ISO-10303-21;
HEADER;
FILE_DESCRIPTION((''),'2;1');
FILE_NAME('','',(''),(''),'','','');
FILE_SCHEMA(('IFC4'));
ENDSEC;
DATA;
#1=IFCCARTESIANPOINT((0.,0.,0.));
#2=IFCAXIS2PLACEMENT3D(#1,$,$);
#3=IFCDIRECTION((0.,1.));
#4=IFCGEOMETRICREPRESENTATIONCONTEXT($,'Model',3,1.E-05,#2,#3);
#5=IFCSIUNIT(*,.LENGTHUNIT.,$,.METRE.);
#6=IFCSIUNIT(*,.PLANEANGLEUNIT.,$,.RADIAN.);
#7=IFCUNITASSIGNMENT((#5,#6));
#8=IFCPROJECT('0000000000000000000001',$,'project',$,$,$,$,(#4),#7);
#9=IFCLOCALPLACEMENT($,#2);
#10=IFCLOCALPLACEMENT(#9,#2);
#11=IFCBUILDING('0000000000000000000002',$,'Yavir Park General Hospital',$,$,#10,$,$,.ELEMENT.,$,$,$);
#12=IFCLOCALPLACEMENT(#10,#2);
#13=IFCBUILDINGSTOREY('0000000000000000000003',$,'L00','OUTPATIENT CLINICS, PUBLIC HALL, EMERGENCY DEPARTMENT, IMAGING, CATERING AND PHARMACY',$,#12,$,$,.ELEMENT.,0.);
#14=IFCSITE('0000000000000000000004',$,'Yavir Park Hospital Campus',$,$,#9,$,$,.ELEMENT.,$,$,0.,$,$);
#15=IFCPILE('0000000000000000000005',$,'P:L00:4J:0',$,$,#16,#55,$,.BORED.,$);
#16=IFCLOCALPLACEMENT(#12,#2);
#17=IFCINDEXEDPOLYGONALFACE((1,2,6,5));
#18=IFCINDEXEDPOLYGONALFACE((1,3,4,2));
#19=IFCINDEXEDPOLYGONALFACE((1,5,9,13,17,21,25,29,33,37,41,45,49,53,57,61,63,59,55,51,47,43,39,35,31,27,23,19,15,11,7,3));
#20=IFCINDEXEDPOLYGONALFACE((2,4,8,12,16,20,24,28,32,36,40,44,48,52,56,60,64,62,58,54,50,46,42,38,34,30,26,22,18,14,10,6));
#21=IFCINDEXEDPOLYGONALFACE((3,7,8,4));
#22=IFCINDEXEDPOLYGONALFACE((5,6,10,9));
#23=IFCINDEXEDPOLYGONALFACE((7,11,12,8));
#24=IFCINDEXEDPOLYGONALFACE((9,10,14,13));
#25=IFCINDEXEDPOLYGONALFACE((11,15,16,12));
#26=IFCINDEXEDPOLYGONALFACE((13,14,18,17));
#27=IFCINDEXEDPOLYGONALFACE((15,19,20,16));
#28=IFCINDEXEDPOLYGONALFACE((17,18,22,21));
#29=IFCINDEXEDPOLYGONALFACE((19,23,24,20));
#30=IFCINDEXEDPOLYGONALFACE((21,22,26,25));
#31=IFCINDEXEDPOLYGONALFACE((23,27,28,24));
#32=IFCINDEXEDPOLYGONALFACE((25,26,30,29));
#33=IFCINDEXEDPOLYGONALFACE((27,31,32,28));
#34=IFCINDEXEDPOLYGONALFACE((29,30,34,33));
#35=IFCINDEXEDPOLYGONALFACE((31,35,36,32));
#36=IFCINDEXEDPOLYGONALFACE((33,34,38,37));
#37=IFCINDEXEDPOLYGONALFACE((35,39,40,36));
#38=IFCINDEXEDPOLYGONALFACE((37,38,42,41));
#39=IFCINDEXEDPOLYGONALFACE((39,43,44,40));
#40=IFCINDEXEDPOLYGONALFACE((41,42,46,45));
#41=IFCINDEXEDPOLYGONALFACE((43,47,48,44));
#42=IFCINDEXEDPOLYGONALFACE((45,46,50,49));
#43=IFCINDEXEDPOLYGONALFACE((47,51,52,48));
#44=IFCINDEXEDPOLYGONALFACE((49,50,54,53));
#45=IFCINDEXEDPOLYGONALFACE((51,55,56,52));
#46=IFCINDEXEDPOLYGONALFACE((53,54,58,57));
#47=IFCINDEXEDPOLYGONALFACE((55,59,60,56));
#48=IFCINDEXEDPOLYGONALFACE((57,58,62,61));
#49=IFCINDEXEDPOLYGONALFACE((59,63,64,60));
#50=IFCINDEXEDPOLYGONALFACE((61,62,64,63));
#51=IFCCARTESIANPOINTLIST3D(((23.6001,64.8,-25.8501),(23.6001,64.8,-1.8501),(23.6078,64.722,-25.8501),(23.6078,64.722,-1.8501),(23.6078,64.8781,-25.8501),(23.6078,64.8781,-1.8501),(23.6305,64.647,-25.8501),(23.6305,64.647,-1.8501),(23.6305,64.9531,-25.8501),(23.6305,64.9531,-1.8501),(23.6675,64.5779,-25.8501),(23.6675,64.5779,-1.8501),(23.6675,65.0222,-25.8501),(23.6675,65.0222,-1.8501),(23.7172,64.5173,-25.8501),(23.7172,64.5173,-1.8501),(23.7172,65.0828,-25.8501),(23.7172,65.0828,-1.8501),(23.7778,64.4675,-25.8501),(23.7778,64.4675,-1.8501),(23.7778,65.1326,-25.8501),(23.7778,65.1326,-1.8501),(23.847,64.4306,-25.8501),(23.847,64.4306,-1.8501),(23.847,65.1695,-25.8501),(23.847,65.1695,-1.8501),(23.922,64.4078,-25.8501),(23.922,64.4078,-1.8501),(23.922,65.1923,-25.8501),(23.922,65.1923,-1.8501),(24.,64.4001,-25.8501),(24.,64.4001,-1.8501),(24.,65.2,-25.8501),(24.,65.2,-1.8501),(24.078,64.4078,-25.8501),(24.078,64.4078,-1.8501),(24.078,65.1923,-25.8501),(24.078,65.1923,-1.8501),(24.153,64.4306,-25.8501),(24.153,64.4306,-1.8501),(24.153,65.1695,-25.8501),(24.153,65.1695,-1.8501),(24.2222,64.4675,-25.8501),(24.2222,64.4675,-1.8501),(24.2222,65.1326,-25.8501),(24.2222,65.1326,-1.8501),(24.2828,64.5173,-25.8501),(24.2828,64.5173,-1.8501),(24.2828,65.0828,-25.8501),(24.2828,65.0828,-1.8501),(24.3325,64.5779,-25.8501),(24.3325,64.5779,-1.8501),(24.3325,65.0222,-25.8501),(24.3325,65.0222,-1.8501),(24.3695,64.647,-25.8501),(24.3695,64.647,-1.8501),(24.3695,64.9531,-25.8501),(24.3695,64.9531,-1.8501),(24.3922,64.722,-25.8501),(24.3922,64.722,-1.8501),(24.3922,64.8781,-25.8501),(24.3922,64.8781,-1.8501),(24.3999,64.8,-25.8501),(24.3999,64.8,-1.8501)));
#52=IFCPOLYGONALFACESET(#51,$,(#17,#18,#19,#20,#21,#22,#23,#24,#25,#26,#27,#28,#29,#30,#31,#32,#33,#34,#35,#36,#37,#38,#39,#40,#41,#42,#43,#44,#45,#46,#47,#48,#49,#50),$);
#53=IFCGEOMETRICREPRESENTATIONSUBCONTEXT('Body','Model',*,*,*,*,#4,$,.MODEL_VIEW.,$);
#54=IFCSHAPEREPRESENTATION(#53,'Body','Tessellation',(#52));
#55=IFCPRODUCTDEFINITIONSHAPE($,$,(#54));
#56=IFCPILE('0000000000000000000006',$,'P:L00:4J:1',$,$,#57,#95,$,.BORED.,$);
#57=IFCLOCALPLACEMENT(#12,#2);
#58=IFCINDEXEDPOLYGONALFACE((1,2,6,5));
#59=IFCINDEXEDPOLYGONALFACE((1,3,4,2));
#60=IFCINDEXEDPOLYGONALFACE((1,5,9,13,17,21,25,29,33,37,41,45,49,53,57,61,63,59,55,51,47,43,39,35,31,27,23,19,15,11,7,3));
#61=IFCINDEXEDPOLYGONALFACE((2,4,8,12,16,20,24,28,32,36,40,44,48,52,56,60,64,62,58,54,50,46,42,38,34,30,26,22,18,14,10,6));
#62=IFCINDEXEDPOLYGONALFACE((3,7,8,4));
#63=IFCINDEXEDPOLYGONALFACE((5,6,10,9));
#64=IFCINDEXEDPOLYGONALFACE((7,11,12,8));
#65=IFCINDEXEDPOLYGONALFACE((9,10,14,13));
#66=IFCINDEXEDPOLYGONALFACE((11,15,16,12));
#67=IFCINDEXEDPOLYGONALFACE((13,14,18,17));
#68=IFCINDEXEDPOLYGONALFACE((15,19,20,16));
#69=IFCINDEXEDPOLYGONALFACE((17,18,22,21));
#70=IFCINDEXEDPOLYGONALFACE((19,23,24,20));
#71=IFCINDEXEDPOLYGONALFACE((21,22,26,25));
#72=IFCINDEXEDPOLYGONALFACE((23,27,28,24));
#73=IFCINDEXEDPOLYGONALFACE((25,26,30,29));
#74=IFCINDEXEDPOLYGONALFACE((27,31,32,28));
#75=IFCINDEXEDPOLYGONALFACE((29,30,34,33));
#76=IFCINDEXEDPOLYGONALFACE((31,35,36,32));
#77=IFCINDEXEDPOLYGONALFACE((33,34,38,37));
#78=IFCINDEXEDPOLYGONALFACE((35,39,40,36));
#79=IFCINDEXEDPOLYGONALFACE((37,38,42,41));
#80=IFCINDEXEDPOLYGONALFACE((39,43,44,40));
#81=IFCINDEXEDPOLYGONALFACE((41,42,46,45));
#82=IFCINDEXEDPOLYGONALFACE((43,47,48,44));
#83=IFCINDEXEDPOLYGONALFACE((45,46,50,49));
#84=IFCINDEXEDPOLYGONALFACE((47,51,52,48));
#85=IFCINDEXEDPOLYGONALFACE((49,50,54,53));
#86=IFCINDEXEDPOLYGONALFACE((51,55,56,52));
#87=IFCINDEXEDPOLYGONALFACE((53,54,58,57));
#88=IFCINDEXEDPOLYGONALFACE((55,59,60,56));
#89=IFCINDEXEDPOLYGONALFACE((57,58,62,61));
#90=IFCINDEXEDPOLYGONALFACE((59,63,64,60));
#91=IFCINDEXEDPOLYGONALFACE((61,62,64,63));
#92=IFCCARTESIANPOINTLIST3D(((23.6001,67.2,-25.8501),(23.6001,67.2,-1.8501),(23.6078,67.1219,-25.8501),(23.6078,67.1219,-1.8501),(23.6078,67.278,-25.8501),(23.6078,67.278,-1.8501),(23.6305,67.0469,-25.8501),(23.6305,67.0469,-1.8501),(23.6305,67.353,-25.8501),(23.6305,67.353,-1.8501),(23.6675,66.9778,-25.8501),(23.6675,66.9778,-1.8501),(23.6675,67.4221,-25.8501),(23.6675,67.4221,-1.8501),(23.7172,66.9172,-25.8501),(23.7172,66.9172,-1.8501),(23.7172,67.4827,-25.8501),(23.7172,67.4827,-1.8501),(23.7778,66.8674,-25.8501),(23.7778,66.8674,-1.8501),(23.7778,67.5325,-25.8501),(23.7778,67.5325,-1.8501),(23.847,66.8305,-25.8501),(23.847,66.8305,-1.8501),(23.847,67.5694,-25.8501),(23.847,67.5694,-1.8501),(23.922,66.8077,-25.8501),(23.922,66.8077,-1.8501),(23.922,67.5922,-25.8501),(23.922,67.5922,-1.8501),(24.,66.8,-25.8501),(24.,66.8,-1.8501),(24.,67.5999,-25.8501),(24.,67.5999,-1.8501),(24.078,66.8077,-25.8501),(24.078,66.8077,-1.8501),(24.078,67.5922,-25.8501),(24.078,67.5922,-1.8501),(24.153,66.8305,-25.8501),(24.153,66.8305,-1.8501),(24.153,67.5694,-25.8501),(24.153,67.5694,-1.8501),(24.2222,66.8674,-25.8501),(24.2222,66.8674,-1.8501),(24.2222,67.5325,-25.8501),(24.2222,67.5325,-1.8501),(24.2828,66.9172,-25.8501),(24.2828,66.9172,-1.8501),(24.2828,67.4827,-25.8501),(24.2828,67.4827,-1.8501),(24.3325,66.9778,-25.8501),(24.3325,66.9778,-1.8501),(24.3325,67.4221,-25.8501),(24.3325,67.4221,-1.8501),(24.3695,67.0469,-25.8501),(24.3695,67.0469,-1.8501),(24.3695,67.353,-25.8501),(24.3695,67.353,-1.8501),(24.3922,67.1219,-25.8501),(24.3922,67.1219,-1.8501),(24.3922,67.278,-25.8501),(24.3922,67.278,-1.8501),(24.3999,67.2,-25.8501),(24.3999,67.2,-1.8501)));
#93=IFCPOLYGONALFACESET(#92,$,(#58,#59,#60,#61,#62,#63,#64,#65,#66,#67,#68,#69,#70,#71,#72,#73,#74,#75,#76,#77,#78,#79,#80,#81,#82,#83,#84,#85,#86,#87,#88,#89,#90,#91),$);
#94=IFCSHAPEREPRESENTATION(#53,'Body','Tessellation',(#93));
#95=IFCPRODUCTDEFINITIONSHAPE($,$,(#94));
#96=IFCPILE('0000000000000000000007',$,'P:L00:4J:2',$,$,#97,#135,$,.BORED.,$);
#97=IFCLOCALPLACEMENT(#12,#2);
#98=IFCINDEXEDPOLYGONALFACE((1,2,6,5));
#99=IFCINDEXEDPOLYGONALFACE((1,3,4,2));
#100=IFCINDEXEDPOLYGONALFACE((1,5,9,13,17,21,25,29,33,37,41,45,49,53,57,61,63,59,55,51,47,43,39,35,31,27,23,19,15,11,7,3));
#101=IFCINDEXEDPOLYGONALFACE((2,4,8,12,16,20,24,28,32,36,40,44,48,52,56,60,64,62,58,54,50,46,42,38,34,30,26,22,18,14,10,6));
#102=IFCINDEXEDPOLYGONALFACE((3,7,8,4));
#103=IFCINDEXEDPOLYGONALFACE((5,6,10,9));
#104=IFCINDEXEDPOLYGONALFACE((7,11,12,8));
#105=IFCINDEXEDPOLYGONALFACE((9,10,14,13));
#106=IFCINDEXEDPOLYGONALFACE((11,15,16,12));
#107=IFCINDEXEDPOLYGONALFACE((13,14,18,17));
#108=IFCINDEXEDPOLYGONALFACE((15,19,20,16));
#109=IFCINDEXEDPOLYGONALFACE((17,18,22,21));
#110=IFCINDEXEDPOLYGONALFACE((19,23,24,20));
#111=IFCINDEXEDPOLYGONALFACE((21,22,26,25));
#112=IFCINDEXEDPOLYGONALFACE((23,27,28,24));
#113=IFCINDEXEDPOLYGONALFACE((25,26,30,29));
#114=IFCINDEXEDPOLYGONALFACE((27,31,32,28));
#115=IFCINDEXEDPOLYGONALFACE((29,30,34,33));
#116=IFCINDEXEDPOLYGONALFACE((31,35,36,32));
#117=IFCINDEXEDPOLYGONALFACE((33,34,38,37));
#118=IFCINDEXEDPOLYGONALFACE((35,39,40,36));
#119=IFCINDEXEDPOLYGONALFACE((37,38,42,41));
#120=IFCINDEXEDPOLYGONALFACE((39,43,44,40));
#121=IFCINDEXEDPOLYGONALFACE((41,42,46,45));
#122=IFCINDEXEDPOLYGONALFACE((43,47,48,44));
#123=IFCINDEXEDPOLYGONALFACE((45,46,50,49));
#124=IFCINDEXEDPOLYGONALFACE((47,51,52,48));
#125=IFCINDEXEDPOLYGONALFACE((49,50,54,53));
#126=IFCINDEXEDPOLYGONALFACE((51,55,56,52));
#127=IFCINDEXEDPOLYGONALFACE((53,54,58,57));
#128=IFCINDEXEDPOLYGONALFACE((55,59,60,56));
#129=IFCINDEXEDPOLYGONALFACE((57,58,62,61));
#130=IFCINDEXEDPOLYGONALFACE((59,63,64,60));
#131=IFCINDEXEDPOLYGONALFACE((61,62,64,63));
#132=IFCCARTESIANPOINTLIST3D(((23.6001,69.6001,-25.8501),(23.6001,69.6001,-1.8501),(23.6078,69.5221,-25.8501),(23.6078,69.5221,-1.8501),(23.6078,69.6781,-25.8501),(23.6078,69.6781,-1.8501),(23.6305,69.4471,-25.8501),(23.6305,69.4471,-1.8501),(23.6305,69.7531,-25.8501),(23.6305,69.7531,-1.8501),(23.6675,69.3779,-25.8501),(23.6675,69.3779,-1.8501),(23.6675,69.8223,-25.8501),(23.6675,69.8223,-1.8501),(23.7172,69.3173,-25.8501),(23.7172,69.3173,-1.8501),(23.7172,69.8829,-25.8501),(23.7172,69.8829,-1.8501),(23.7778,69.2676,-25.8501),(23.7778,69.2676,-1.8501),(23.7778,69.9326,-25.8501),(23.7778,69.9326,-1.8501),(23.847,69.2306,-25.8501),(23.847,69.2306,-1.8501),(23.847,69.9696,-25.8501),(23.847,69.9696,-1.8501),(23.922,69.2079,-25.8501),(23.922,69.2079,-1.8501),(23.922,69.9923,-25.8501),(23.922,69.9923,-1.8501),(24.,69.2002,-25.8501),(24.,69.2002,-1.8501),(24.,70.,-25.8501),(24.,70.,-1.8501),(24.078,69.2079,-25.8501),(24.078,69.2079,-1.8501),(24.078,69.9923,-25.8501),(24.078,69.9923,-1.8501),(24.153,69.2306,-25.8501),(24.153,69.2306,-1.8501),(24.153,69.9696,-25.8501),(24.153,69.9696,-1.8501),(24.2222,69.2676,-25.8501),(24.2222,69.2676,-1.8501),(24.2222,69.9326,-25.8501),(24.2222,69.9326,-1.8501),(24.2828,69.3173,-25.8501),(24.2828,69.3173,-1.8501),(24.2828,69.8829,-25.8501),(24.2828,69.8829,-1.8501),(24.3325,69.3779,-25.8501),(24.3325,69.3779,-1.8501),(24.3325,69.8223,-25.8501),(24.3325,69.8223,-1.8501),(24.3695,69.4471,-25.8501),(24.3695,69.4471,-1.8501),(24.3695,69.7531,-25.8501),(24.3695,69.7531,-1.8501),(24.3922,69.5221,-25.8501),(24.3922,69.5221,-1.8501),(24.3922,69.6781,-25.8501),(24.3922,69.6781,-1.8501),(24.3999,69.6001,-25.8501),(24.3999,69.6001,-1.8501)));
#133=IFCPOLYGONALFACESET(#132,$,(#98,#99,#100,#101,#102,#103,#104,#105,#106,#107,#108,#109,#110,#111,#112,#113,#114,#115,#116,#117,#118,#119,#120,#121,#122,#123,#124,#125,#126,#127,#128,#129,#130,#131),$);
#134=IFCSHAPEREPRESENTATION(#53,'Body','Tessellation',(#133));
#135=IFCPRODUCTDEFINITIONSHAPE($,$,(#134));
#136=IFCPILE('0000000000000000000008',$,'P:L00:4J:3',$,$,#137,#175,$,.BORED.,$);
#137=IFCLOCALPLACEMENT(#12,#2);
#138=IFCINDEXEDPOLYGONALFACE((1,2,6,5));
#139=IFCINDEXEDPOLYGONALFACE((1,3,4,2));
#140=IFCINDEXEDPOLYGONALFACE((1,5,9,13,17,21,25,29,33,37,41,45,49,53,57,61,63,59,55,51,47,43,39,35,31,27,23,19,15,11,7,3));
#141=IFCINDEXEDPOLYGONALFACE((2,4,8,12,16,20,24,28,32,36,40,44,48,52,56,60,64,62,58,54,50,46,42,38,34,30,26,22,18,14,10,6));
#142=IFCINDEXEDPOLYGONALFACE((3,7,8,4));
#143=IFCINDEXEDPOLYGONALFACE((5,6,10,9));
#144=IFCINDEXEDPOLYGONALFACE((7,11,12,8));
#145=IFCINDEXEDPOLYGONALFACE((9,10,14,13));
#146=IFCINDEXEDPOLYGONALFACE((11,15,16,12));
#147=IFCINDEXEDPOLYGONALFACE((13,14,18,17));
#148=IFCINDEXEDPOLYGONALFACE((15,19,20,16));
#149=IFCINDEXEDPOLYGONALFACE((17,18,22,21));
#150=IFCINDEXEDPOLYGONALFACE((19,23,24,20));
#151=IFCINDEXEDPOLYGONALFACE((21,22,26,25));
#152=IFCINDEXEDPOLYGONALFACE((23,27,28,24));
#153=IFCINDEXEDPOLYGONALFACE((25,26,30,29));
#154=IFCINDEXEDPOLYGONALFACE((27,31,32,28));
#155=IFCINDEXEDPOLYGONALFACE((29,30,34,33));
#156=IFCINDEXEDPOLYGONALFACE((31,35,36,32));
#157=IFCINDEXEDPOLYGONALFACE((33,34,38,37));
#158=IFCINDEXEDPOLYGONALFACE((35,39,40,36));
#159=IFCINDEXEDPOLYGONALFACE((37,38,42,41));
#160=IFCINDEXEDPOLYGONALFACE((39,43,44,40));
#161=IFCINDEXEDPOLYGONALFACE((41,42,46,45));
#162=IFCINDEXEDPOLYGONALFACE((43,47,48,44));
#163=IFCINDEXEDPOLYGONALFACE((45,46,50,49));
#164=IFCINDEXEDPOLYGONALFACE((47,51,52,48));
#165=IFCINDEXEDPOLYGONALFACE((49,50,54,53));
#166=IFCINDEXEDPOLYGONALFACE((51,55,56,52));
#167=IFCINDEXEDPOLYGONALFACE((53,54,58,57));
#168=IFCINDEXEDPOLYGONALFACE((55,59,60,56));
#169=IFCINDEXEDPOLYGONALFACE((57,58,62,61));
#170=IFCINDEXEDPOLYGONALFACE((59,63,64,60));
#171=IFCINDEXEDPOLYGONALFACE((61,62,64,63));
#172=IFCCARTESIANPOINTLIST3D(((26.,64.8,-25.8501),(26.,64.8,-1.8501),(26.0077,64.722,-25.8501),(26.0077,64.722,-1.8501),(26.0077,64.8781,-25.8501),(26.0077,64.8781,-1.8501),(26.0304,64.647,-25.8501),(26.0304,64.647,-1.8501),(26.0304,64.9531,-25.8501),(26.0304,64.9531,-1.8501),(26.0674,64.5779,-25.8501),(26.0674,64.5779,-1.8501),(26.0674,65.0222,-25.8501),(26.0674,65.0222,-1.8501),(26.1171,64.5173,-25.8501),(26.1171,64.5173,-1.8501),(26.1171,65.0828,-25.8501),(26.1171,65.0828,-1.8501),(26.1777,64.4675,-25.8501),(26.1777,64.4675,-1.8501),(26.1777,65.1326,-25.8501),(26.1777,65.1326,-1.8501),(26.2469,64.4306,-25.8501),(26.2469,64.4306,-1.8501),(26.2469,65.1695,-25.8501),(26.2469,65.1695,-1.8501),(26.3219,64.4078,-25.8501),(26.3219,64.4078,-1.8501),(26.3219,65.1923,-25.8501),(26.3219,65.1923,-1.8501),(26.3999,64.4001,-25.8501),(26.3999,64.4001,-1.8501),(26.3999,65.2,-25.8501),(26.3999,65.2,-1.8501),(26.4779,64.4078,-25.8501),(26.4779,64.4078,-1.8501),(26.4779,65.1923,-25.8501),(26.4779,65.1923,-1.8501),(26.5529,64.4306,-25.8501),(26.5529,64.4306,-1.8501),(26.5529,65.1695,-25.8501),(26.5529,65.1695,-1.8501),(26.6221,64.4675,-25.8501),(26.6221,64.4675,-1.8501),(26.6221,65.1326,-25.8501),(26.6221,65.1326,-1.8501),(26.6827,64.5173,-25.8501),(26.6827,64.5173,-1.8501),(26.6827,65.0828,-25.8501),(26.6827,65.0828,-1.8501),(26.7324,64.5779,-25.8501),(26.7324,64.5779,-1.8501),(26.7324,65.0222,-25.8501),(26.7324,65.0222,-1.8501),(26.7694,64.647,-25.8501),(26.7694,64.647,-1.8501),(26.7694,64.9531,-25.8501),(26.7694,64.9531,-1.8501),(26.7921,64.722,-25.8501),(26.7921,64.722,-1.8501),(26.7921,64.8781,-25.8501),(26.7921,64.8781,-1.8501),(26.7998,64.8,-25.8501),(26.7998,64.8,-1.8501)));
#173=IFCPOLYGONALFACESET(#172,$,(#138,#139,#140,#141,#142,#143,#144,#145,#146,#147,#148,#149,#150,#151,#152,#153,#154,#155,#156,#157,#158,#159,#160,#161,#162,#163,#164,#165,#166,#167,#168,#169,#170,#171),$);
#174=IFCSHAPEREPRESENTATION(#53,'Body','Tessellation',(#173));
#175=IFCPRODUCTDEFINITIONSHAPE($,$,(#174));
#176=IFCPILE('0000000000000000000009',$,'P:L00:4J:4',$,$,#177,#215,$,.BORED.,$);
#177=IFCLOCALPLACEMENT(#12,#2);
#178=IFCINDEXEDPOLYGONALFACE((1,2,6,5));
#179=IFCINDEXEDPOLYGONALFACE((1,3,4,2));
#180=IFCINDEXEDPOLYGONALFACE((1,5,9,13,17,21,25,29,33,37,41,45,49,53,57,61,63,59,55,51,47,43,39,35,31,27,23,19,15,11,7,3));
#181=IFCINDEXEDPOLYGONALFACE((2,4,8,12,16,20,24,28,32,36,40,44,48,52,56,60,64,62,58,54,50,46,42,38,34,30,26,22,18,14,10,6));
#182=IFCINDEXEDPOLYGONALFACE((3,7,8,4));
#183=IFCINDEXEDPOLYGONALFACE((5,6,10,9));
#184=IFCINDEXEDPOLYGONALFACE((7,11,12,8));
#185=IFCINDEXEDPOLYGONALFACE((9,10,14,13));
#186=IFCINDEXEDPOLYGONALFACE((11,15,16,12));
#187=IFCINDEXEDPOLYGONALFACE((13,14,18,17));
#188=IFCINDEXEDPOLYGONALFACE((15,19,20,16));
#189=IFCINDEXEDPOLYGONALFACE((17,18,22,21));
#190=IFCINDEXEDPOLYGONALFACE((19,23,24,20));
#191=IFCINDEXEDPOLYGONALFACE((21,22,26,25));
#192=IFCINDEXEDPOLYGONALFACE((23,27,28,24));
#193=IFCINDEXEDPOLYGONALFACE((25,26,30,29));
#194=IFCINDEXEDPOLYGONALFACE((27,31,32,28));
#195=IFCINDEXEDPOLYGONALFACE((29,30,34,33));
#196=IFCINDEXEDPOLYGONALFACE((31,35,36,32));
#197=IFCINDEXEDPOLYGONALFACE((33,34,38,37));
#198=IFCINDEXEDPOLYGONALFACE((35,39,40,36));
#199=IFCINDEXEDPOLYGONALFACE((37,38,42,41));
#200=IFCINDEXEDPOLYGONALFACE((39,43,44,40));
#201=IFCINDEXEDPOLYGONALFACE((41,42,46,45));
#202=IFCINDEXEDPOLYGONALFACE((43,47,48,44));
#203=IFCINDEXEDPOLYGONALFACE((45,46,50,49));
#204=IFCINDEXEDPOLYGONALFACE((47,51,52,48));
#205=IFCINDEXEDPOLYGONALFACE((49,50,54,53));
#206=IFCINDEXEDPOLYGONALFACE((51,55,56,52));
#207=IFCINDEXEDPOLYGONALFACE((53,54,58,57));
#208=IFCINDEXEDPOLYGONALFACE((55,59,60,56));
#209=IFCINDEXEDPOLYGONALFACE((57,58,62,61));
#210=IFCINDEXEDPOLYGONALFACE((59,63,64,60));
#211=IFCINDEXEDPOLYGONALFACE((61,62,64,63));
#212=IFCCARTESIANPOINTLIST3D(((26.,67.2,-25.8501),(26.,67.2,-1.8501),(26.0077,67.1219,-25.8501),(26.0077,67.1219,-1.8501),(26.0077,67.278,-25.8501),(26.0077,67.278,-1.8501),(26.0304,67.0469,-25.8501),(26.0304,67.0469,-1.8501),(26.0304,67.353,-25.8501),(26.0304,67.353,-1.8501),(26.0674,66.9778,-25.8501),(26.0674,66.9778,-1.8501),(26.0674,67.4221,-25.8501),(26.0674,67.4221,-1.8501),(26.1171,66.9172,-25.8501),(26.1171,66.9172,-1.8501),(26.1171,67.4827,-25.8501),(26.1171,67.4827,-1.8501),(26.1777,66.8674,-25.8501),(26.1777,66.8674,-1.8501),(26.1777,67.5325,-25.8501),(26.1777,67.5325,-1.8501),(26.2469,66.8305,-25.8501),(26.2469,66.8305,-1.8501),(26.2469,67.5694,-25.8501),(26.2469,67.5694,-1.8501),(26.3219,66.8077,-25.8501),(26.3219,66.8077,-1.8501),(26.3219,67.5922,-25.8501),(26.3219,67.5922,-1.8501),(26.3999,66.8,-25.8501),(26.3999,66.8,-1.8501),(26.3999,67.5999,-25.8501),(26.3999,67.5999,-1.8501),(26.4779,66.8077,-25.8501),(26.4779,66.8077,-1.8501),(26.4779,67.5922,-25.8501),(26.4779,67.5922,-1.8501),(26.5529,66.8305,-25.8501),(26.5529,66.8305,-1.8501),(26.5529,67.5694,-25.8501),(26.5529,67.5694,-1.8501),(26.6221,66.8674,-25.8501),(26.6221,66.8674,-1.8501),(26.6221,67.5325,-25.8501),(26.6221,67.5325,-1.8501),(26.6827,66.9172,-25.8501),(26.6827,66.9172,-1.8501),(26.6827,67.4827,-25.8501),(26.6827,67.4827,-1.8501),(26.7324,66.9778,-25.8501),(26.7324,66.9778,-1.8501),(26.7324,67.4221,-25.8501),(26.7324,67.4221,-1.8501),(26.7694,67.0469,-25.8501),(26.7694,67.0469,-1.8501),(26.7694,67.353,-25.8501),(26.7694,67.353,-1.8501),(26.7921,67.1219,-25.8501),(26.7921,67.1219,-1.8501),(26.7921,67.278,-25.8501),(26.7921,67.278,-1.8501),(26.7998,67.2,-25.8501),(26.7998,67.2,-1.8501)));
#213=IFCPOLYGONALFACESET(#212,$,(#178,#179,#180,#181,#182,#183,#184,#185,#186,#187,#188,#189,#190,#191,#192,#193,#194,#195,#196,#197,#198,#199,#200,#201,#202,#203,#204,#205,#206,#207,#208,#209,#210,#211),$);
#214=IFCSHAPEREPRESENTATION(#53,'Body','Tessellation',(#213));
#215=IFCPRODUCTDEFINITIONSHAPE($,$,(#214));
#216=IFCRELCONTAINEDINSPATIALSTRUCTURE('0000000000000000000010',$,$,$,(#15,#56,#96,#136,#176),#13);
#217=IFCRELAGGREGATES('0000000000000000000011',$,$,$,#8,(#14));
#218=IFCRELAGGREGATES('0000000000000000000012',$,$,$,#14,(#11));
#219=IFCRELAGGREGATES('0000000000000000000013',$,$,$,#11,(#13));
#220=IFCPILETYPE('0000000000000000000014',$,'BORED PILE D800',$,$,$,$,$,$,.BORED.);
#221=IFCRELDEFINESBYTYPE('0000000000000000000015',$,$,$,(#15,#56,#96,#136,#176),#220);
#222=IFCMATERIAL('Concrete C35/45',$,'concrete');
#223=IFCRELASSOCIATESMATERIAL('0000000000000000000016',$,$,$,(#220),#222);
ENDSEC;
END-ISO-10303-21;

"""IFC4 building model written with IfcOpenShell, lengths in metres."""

from ifc_helpers import new_model, si_unit, direction, frame, origin, origin_2d, place, context, subcontext, project, spatial, circle, extrude, material, material_profile, profile_set, type_object, element, save


model = new_model("IFC4")

# Units and contexts
model_context = context("Model", 3, precision=1e-05, world=origin(), true_north=direction((0.0, 1.0)))
body_context = subcontext(model_context, "Body", "Model", "MODEL_VIEW")
ifc_project = project(units=[si_unit("LENGTHUNIT", "METRE"), si_unit("PLANEANGLEUNIT", "RADIAN")], contexts=[model_context])

# Site, building, storey
site_placement = place(None, origin())
site = spatial("IfcSite", under=ifc_project, at=site_placement, Name="Yavir Park Hospital Campus", CompositionType="ELEMENT", RefElevation=0.0)
building_placement = place(site_placement, origin())
building = spatial("IfcBuilding", under=site, at=building_placement, Name="Yavir Park General Hospital", CompositionType="ELEMENT")
storey_placement = place(building_placement, origin())
storey = spatial("IfcBuildingStorey", under=building, at=storey_placement, Name="L00", Description="OUTPATIENT CLINICS, PUBLIC HALL, EMERGENCY DEPARTMENT, IMAGING, CATERING AND PHARMACY", CompositionType="ELEMENT", Elevation=0.0)

# Piles
ifc_material_1 = material(Name="Concrete C35/45", Category="concrete")
ifc_material_profile_1 = material_profile(ifc_material_1, circle(Radius=0.3999, at=origin_2d()), Name="D800")
ifc_profile_set_1 = profile_set([ifc_material_profile_1], Name="Concrete C35/45")
pile_type = type_object("IfcPileType", Name="BORED PILE D800", PredefinedType="BORED", material=ifc_profile_set_1)
for number, where, z_axis, x_axis, name in (
    (1, (24.0, 64.8, -1.8501), (0.0, 0.0, -1.0), (1.0, 0.0, 0.0), "P:L00:4J:0"),
    (2, (24.0, 67.2, -1.8501), (0.0, 0.0, -1.0), (1.0, 0.0, 0.0), "P:L00:4J:1"),
    (3, (24.0, 69.6001, -1.8501), (0.0, 0.0, -1.0), (1.0, 0.0, 0.0), "P:L00:4J:2"),
    (4, (26.3999, 64.8, -1.8501), (0.0, 0.0, -1.0), (1.0, 0.0, 0.0), "P:L00:4J:3"),
    (5, (26.3999, 67.2, -1.8501), (0.0, 0.0, -1.0), (1.0, 0.0, 0.0), "P:L00:4J:4"),
):
    element("IfcPile", number, at=place(storey_placement, frame(where, z_axis=z_axis, x_axis=x_axis)), inside=storey, type_object=pile_type, Name=name, PredefinedType="BORED", context=body_context, shape_type="SweptSolid", body=[
        extrude(circle(Radius=0.3999, at=origin_2d()), origin(), (0.0, 0.0, 1.0), 24.0),
    ])

save(model, "model.ifc")
